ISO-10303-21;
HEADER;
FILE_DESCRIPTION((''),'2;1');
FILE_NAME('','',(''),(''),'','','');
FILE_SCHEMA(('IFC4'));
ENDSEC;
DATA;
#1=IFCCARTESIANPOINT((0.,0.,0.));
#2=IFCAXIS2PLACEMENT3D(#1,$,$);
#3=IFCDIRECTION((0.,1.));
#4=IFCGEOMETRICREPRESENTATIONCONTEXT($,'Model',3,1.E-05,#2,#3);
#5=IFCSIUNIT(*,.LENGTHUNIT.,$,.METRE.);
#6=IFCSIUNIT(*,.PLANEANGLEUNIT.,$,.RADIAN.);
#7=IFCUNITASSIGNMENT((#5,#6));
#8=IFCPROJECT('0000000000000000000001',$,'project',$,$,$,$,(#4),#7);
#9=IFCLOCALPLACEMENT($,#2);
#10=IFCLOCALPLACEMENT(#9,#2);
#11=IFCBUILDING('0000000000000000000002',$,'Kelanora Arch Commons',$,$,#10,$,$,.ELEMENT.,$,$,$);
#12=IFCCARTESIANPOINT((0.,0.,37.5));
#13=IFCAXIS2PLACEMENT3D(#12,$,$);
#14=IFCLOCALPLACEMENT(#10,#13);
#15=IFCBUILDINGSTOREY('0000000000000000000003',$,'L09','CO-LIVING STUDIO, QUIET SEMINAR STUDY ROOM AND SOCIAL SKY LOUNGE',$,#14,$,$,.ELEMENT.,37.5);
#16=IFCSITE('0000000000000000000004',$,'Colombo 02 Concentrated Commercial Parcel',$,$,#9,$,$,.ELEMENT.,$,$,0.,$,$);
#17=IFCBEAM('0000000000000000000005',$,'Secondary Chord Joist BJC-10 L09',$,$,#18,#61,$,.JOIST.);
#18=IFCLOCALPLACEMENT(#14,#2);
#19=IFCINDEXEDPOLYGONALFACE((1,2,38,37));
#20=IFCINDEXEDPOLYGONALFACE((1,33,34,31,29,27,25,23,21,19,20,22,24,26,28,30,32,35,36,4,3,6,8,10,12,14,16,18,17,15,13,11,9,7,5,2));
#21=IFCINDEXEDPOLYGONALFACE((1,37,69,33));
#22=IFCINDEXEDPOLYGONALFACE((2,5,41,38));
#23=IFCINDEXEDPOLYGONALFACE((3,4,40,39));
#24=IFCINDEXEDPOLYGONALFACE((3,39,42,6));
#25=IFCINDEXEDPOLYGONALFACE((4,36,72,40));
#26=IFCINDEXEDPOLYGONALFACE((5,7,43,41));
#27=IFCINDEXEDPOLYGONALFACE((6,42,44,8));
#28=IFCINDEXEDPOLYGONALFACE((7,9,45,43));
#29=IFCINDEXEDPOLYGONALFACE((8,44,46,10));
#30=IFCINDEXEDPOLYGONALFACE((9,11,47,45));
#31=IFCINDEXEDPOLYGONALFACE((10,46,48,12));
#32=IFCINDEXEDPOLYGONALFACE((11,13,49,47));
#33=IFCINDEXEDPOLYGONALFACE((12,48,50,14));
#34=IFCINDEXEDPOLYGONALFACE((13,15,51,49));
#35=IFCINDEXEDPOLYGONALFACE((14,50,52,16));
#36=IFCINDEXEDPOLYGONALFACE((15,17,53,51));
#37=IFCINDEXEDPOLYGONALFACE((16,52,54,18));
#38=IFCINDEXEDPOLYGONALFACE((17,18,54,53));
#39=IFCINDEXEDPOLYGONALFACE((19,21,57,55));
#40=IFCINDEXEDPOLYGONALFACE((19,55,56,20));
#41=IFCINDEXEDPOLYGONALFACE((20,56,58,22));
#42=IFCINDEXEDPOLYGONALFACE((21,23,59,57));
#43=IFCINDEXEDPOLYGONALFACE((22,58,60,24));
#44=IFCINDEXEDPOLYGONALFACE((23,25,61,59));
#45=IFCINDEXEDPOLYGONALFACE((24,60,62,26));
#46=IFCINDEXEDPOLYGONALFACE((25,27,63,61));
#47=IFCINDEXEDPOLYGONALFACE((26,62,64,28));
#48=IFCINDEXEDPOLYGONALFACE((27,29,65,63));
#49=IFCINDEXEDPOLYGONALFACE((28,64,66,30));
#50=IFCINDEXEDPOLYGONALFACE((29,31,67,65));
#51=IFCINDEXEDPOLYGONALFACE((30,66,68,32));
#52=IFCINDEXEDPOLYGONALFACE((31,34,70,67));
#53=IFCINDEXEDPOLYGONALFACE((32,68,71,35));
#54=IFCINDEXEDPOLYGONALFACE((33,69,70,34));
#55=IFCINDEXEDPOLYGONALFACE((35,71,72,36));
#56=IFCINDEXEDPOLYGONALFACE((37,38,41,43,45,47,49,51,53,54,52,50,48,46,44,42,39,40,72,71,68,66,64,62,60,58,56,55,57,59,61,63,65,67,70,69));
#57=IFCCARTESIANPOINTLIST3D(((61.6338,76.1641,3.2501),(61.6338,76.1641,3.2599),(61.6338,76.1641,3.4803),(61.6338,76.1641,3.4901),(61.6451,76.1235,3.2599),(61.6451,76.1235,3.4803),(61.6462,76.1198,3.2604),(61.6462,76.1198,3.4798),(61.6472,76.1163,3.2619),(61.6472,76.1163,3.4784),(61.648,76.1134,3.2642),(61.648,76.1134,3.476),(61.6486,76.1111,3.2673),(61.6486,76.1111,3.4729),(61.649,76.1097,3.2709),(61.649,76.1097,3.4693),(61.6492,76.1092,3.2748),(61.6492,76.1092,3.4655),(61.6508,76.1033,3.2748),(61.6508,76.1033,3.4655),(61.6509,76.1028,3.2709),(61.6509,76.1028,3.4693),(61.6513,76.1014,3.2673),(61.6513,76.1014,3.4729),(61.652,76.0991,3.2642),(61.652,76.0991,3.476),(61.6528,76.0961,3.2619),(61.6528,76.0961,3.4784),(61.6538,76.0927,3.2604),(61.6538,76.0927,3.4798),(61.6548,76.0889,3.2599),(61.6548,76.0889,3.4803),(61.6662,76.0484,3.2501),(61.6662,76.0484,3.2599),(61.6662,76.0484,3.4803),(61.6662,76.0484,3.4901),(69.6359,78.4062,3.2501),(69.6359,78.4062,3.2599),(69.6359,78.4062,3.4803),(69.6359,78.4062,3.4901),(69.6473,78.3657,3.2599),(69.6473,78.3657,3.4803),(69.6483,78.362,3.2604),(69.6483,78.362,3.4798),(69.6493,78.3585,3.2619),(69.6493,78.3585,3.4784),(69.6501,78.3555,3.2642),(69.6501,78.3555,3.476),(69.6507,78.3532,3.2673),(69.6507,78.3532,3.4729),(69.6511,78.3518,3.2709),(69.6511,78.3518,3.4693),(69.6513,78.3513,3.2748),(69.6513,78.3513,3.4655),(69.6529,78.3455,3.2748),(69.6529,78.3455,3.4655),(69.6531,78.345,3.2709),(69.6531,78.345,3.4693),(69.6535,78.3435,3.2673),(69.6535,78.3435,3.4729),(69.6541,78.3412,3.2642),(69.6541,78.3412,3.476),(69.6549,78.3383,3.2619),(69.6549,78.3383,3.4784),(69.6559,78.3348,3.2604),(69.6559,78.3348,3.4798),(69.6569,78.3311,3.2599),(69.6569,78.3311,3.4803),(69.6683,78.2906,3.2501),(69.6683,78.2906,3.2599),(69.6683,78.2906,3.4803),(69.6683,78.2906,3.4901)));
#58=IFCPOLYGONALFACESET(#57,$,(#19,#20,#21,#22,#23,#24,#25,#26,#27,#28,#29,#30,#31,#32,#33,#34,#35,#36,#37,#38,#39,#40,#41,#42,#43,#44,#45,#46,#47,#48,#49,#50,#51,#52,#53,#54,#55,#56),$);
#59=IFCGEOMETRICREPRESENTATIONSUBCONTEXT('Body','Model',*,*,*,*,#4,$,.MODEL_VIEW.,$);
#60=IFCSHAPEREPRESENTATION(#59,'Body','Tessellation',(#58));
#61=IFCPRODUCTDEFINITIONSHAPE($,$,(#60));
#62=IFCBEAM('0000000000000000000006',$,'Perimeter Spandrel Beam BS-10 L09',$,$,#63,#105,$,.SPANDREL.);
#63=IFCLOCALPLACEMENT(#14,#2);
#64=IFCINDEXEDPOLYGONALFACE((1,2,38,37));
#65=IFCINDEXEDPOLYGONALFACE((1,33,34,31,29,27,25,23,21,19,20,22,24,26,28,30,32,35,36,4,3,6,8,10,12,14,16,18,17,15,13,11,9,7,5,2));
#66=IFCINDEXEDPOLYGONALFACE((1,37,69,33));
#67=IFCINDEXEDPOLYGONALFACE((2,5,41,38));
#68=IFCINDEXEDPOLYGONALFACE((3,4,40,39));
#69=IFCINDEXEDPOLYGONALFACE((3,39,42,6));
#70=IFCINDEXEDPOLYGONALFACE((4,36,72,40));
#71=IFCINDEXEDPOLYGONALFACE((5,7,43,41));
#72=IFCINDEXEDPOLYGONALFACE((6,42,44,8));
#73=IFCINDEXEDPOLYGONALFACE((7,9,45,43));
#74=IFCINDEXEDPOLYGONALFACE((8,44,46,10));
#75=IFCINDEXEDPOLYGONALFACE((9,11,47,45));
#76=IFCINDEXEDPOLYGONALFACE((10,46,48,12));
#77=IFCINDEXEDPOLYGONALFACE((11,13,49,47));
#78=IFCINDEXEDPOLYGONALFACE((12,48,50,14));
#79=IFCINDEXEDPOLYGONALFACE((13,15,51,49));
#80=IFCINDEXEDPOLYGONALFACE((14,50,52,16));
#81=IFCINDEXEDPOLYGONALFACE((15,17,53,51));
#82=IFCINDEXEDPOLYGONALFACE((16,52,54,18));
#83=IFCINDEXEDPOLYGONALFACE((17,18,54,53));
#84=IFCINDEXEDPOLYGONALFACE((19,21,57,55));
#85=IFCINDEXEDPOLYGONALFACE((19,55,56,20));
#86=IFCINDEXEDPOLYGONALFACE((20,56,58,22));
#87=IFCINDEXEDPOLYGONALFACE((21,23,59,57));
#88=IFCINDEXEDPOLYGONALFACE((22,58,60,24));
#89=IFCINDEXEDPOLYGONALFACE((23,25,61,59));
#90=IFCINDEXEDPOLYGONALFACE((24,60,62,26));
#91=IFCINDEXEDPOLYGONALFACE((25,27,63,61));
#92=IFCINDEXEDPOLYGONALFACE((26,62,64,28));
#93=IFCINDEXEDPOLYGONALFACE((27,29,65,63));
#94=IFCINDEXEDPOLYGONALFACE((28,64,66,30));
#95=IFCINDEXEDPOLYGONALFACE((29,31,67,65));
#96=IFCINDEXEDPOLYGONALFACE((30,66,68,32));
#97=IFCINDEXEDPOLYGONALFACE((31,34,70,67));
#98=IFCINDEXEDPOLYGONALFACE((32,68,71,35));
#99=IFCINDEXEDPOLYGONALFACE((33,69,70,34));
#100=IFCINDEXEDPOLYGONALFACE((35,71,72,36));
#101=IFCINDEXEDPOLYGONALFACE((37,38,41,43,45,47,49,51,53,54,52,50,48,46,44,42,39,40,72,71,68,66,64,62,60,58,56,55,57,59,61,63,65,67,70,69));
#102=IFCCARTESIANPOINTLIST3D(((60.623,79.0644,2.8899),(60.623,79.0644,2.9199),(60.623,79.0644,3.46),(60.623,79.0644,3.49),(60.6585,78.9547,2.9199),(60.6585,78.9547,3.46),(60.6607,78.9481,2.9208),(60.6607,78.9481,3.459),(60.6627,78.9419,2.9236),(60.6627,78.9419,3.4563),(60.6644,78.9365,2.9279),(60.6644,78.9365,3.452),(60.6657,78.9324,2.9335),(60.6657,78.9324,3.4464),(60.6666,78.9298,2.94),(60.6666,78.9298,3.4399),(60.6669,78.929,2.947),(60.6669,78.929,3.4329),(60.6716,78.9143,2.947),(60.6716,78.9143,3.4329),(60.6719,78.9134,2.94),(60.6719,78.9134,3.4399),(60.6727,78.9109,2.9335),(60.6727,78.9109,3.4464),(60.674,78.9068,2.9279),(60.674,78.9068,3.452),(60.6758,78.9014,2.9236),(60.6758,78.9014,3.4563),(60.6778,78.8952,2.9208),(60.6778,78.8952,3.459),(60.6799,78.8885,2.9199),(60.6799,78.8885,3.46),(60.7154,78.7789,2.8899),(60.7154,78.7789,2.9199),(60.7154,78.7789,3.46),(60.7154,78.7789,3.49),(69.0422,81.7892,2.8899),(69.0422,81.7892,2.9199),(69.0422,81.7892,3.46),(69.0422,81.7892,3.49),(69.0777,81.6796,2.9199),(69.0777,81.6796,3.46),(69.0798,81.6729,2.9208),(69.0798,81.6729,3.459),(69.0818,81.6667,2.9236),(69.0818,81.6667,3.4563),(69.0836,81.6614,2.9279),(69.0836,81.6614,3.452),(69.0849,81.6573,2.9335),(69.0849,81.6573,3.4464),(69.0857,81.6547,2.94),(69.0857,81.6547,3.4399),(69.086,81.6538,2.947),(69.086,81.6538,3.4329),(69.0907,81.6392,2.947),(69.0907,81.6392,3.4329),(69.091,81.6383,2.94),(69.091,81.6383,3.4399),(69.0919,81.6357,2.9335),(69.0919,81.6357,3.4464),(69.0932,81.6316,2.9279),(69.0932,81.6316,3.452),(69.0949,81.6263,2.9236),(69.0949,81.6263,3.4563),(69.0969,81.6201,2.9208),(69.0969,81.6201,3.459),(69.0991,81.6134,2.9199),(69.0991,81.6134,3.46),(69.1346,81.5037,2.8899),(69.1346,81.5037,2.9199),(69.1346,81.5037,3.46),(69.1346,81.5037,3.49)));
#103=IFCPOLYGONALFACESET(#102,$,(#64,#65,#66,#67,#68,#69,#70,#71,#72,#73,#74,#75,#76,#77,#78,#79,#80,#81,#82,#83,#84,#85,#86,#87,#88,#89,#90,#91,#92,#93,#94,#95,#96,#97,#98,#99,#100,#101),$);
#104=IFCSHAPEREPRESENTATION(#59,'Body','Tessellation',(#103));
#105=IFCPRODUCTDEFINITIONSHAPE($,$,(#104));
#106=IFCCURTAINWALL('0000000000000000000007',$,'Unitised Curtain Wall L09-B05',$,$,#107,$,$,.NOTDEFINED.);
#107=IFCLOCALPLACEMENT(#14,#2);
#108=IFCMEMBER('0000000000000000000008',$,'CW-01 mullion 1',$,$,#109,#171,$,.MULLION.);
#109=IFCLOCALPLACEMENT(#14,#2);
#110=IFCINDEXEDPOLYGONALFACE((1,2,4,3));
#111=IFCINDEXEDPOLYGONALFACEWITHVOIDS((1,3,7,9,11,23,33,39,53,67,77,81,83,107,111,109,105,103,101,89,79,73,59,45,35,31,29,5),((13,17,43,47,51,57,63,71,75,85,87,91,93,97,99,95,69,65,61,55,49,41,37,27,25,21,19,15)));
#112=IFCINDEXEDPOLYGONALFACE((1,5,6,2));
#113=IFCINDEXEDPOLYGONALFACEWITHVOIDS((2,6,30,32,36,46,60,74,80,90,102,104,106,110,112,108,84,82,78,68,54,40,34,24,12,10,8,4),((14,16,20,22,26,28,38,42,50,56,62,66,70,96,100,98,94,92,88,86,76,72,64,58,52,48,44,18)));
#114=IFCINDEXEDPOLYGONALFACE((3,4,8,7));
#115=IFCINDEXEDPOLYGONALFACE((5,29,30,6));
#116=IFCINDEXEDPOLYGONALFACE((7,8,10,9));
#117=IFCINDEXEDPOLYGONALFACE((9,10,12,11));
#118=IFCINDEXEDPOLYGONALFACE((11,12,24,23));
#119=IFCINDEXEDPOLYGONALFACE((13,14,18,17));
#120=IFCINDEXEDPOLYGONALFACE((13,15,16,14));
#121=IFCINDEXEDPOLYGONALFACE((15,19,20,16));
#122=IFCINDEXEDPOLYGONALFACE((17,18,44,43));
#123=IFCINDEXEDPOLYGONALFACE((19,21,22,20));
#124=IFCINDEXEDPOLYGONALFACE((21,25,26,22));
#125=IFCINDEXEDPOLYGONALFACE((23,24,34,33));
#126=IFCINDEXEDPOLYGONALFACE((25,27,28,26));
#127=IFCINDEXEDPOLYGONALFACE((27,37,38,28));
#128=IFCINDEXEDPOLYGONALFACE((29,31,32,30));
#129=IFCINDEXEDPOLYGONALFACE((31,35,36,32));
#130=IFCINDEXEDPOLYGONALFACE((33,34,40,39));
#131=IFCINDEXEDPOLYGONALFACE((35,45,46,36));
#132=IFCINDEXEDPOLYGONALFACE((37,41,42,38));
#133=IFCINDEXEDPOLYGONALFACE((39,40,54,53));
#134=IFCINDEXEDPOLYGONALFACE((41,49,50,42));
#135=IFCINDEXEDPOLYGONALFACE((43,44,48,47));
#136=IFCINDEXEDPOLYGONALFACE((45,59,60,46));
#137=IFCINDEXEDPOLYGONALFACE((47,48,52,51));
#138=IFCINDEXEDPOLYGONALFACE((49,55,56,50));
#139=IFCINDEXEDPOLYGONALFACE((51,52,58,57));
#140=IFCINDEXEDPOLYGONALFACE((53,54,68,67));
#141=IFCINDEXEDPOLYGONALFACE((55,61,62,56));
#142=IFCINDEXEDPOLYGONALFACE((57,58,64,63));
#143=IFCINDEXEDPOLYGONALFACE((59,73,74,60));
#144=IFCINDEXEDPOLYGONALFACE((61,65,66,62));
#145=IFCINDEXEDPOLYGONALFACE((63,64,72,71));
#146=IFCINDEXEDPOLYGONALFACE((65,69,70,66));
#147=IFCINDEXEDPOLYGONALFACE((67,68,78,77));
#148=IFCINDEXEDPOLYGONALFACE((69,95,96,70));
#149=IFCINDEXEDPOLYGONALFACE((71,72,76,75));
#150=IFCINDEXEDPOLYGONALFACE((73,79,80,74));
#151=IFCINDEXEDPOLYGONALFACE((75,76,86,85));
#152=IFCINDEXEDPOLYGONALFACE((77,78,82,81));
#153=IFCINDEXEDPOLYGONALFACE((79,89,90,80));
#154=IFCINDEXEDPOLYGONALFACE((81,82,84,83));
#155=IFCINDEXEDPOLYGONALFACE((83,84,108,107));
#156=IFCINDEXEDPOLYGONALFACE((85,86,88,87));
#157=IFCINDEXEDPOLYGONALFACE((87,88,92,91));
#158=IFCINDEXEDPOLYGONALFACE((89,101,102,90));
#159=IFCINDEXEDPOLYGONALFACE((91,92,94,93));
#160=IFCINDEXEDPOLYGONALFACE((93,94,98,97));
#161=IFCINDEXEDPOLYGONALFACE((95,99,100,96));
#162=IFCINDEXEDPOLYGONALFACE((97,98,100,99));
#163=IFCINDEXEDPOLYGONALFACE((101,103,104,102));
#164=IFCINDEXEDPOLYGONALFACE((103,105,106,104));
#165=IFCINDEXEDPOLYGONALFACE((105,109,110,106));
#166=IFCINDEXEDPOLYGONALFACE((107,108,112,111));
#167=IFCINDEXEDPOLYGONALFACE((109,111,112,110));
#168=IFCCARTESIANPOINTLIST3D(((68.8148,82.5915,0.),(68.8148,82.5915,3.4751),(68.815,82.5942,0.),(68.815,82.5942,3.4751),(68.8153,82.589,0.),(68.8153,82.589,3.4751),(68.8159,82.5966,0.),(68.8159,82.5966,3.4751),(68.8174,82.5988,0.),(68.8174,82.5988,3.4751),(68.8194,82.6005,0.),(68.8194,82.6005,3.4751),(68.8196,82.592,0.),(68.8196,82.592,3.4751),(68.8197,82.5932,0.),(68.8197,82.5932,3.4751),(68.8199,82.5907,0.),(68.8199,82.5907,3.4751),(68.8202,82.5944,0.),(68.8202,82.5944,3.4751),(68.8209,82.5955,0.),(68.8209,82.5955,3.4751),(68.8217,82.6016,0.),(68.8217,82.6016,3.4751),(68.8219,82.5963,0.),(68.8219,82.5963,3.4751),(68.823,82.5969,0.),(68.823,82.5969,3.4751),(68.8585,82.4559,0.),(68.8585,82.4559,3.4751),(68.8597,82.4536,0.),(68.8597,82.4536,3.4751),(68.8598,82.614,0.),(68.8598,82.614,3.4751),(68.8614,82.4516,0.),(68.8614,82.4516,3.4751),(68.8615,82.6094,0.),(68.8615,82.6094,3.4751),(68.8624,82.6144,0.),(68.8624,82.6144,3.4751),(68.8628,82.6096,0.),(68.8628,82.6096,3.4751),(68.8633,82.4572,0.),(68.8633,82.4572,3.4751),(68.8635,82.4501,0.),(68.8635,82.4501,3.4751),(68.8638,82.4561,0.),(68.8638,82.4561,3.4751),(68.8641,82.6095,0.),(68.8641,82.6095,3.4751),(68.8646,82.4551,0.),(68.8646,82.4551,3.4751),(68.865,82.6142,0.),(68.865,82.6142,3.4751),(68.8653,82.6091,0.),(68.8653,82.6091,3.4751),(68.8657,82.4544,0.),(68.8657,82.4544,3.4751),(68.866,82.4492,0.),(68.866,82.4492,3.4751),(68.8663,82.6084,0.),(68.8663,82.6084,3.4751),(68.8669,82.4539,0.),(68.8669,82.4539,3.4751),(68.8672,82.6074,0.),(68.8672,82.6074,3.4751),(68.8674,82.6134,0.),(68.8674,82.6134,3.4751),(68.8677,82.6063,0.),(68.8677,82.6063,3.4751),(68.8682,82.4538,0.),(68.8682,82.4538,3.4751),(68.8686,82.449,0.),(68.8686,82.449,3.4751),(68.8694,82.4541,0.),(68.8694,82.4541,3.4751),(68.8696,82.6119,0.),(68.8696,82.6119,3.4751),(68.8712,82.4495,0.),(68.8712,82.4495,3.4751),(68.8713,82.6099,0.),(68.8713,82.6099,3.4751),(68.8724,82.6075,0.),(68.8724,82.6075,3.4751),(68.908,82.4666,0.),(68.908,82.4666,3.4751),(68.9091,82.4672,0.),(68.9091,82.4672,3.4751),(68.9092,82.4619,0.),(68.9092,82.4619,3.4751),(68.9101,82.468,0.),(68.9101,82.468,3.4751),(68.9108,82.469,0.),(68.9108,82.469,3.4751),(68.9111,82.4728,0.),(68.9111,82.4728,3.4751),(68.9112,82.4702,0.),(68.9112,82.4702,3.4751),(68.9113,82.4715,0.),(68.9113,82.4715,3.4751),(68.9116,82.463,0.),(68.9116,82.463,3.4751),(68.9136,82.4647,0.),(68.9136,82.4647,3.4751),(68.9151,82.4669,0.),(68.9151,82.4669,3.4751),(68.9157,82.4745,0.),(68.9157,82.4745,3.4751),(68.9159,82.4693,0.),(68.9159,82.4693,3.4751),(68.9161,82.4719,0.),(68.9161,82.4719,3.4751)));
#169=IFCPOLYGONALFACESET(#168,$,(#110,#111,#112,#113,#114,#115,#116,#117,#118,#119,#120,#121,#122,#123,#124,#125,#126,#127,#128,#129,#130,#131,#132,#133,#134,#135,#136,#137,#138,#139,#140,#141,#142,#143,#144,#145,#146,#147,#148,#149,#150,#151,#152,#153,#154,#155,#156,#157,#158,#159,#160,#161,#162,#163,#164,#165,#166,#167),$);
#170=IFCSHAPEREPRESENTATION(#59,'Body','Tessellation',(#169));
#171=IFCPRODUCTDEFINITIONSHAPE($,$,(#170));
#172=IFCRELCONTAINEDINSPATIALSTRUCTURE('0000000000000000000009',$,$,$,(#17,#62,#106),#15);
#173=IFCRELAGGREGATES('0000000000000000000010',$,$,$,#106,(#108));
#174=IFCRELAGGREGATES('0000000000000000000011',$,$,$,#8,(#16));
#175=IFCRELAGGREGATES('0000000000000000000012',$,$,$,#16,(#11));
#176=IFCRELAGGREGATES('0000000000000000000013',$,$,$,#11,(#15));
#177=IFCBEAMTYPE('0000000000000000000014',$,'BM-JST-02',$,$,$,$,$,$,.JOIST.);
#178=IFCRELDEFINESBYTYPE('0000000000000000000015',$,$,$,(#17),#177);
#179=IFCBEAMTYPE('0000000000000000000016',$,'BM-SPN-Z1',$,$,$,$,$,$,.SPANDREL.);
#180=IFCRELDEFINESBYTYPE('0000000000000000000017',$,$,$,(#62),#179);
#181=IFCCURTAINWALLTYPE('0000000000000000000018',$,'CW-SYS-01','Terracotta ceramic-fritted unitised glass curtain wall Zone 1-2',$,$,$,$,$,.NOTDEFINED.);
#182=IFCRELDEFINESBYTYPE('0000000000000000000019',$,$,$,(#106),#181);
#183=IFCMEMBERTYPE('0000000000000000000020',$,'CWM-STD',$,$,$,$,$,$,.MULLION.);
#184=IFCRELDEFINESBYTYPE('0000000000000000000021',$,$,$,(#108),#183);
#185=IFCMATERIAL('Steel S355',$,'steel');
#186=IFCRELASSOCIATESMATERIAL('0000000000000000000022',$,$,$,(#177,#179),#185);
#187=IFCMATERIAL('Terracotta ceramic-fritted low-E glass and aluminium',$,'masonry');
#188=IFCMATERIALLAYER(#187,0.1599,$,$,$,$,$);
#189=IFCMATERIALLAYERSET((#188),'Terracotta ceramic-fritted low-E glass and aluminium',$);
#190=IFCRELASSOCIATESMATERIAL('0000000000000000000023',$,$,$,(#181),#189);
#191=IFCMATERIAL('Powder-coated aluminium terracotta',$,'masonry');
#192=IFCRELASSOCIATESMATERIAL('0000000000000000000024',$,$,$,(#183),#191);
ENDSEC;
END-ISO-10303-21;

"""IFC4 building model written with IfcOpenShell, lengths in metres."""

from ifc_helpers import new_model, si_unit, direction, frame, origin, origin_2d, place, context, subcontext, project, spatial, hollow_rectangle, i_section, extrude, material, layer, layer_set, material_profile, profile_set, type_object, element, aggregate, save


model = new_model("IFC4")

# Units and contexts
model_context = context("Model", 3, precision=1e-05, world=origin(), true_north=direction((0.0, 1.0)))
body_context = subcontext(model_context, "Body", "Model", "MODEL_VIEW")
ifc_project = project(units=[si_unit("LENGTHUNIT", "METRE"), si_unit("PLANEANGLEUNIT", "RADIAN")], contexts=[model_context])

# Site, building, storey
site_placement = place(None, origin())
site = spatial("IfcSite", under=ifc_project, at=site_placement, Name="Colombo 02 Concentrated Commercial Parcel", CompositionType="ELEMENT", RefElevation=0.0)
building_placement = place(site_placement, origin())
building = spatial("IfcBuilding", under=site, at=building_placement, Name="Kelanora Arch Commons", CompositionType="ELEMENT")
storey_placement = place(building_placement, frame((0.0, 0.0, 37.5)))
storey = spatial("IfcBuildingStorey", under=building, at=storey_placement, Name="L09", Description="CO-LIVING STUDIO, QUIET SEMINAR STUDY ROOM AND SOCIAL SKY LOUNGE", CompositionType="ELEMENT", Elevation=37.5)

# Beams
ifc_material_1 = material(Name="Steel S355", Category="steel")
ifc_material_profile_1 = material_profile(ifc_material_1, i_section(OverallWidth=0.1201, OverallDepth=0.24, WebThickness=0.0061, FlangeThickness=0.0098, FilletRadius=0.0149, at=origin_2d()), Name="IPE240")
ifc_profile_set_1 = profile_set([ifc_material_profile_1], Name="Steel S355")
beam_type_1 = type_object("IfcBeamType", Name="BM-JST-02", PredefinedType="JOIST", material=ifc_profile_set_1)
beam_1_placement = place(storey_placement, frame((69.6521, 78.3484, 3.3701), z_axis=(-0.962915, -0.269805, 0.0), x_axis=(0.269805, -0.962915, 0.0)))
element("IfcBeam", 1, at=beam_1_placement, inside=storey, type_object=beam_type_1, Name="Secondary Chord Joist BJC-10 L09", PredefinedType="JOIST", context=body_context, shape_type="SweptSolid", body=[
    extrude(i_section(OverallWidth=0.1201, OverallDepth=0.24, WebThickness=0.0061, FlangeThickness=0.0098, FilletRadius=0.0149, at=origin_2d()), origin(), (0.0, 0.0, 1.0), 8.3103),
])
ifc_material_profile_2 = material_profile(ifc_material_1, i_section(OverallWidth=0.3, OverallDepth=0.6001, WebThickness=0.0154, FlangeThickness=0.03, FilletRadius=0.0271, at=origin_2d()), Name="HEB600")
ifc_profile_set_2 = profile_set([ifc_material_profile_2], Name="Steel S355")
beam_type_2 = type_object("IfcBeamType", Name="BM-SPN-Z1", PredefinedType="SPANDREL", material=ifc_profile_set_2)
beam_2_placement = place(storey_placement, frame((69.0884, 81.6465, 3.1899), z_axis=(-0.951411, -0.307922, 0.0), x_axis=(0.307922, -0.951411, 0.0)))
element("IfcBeam", 2, at=beam_2_placement, inside=storey, type_object=beam_type_2, Name="Perimeter Spandrel Beam BS-10 L09", PredefinedType="SPANDREL", context=body_context, shape_type="SweptSolid", body=[
    extrude(i_section(OverallWidth=0.3, OverallDepth=0.6001, WebThickness=0.0154, FlangeThickness=0.03, FilletRadius=0.0271, at=origin_2d()), origin(), (0.0, 0.0, 1.0), 8.8491),
])

# Curtain wall, member
ifc_material_2 = material(Name="Terracotta ceramic-fritted low-E glass and aluminium", Category="masonry")
ifc_layer_1 = layer(ifc_material_2, 0.1599)
ifc_layer_set_1 = layer_set([ifc_layer_1], Name="Terracotta ceramic-fritted low-E glass and aluminium")
curtain_wall_type = type_object("IfcCurtainWallType", Name="CW-SYS-01", Description="Terracotta ceramic-fritted unitised glass curtain wall Zone 1-2", PredefinedType="NOTDEFINED", material=ifc_layer_set_1)
curtain_wall_placement = place(storey_placement, origin())
curtain_wall = element("IfcCurtainWall", 3, at=curtain_wall_placement, inside=storey, type_object=curtain_wall_type, Name="Unitised Curtain Wall L09-B05", PredefinedType="NOTDEFINED")
ifc_material_3 = material(Name="Powder-coated aluminium terracotta", Category="masonry")
ifc_material_profile_3 = material_profile(ifc_material_3, hollow_rectangle(XDim=0.1599, YDim=0.0601, WallThickness=0.0049, InnerFilletRadius=0.0049, OuterFilletRadius=0.01, at=origin_2d()), Name="CWM160x60")
ifc_profile_set_3 = profile_set([ifc_material_profile_3], Name="Powder-coated aluminium terracotta")
member_type_1 = type_object("IfcMemberType", Name="CWM-STD", PredefinedType="MULLION", material=ifc_profile_set_3)
member_1_placement = place(storey_placement, frame((68.8655, 82.5317, 0.0), z_axis=(0.0, 0.0, 1.0), x_axis=(0.309058, -0.951043, 0.0)))
member_1 = element("IfcMember", 4, at=member_1_placement, type_object=member_type_1, Name="CW-01 mullion 1", PredefinedType="MULLION", context=body_context, shape_type="SweptSolid", body=[
    extrude(hollow_rectangle(XDim=0.1599, YDim=0.0601, WallThickness=0.0049, InnerFilletRadius=0.0049, OuterFilletRadius=0.01, at=origin_2d()), origin(), (0.0, 0.0, 1.0), 3.4751),
])
aggregate(curtain_wall, [member_1])

save(model, "model.ifc")
